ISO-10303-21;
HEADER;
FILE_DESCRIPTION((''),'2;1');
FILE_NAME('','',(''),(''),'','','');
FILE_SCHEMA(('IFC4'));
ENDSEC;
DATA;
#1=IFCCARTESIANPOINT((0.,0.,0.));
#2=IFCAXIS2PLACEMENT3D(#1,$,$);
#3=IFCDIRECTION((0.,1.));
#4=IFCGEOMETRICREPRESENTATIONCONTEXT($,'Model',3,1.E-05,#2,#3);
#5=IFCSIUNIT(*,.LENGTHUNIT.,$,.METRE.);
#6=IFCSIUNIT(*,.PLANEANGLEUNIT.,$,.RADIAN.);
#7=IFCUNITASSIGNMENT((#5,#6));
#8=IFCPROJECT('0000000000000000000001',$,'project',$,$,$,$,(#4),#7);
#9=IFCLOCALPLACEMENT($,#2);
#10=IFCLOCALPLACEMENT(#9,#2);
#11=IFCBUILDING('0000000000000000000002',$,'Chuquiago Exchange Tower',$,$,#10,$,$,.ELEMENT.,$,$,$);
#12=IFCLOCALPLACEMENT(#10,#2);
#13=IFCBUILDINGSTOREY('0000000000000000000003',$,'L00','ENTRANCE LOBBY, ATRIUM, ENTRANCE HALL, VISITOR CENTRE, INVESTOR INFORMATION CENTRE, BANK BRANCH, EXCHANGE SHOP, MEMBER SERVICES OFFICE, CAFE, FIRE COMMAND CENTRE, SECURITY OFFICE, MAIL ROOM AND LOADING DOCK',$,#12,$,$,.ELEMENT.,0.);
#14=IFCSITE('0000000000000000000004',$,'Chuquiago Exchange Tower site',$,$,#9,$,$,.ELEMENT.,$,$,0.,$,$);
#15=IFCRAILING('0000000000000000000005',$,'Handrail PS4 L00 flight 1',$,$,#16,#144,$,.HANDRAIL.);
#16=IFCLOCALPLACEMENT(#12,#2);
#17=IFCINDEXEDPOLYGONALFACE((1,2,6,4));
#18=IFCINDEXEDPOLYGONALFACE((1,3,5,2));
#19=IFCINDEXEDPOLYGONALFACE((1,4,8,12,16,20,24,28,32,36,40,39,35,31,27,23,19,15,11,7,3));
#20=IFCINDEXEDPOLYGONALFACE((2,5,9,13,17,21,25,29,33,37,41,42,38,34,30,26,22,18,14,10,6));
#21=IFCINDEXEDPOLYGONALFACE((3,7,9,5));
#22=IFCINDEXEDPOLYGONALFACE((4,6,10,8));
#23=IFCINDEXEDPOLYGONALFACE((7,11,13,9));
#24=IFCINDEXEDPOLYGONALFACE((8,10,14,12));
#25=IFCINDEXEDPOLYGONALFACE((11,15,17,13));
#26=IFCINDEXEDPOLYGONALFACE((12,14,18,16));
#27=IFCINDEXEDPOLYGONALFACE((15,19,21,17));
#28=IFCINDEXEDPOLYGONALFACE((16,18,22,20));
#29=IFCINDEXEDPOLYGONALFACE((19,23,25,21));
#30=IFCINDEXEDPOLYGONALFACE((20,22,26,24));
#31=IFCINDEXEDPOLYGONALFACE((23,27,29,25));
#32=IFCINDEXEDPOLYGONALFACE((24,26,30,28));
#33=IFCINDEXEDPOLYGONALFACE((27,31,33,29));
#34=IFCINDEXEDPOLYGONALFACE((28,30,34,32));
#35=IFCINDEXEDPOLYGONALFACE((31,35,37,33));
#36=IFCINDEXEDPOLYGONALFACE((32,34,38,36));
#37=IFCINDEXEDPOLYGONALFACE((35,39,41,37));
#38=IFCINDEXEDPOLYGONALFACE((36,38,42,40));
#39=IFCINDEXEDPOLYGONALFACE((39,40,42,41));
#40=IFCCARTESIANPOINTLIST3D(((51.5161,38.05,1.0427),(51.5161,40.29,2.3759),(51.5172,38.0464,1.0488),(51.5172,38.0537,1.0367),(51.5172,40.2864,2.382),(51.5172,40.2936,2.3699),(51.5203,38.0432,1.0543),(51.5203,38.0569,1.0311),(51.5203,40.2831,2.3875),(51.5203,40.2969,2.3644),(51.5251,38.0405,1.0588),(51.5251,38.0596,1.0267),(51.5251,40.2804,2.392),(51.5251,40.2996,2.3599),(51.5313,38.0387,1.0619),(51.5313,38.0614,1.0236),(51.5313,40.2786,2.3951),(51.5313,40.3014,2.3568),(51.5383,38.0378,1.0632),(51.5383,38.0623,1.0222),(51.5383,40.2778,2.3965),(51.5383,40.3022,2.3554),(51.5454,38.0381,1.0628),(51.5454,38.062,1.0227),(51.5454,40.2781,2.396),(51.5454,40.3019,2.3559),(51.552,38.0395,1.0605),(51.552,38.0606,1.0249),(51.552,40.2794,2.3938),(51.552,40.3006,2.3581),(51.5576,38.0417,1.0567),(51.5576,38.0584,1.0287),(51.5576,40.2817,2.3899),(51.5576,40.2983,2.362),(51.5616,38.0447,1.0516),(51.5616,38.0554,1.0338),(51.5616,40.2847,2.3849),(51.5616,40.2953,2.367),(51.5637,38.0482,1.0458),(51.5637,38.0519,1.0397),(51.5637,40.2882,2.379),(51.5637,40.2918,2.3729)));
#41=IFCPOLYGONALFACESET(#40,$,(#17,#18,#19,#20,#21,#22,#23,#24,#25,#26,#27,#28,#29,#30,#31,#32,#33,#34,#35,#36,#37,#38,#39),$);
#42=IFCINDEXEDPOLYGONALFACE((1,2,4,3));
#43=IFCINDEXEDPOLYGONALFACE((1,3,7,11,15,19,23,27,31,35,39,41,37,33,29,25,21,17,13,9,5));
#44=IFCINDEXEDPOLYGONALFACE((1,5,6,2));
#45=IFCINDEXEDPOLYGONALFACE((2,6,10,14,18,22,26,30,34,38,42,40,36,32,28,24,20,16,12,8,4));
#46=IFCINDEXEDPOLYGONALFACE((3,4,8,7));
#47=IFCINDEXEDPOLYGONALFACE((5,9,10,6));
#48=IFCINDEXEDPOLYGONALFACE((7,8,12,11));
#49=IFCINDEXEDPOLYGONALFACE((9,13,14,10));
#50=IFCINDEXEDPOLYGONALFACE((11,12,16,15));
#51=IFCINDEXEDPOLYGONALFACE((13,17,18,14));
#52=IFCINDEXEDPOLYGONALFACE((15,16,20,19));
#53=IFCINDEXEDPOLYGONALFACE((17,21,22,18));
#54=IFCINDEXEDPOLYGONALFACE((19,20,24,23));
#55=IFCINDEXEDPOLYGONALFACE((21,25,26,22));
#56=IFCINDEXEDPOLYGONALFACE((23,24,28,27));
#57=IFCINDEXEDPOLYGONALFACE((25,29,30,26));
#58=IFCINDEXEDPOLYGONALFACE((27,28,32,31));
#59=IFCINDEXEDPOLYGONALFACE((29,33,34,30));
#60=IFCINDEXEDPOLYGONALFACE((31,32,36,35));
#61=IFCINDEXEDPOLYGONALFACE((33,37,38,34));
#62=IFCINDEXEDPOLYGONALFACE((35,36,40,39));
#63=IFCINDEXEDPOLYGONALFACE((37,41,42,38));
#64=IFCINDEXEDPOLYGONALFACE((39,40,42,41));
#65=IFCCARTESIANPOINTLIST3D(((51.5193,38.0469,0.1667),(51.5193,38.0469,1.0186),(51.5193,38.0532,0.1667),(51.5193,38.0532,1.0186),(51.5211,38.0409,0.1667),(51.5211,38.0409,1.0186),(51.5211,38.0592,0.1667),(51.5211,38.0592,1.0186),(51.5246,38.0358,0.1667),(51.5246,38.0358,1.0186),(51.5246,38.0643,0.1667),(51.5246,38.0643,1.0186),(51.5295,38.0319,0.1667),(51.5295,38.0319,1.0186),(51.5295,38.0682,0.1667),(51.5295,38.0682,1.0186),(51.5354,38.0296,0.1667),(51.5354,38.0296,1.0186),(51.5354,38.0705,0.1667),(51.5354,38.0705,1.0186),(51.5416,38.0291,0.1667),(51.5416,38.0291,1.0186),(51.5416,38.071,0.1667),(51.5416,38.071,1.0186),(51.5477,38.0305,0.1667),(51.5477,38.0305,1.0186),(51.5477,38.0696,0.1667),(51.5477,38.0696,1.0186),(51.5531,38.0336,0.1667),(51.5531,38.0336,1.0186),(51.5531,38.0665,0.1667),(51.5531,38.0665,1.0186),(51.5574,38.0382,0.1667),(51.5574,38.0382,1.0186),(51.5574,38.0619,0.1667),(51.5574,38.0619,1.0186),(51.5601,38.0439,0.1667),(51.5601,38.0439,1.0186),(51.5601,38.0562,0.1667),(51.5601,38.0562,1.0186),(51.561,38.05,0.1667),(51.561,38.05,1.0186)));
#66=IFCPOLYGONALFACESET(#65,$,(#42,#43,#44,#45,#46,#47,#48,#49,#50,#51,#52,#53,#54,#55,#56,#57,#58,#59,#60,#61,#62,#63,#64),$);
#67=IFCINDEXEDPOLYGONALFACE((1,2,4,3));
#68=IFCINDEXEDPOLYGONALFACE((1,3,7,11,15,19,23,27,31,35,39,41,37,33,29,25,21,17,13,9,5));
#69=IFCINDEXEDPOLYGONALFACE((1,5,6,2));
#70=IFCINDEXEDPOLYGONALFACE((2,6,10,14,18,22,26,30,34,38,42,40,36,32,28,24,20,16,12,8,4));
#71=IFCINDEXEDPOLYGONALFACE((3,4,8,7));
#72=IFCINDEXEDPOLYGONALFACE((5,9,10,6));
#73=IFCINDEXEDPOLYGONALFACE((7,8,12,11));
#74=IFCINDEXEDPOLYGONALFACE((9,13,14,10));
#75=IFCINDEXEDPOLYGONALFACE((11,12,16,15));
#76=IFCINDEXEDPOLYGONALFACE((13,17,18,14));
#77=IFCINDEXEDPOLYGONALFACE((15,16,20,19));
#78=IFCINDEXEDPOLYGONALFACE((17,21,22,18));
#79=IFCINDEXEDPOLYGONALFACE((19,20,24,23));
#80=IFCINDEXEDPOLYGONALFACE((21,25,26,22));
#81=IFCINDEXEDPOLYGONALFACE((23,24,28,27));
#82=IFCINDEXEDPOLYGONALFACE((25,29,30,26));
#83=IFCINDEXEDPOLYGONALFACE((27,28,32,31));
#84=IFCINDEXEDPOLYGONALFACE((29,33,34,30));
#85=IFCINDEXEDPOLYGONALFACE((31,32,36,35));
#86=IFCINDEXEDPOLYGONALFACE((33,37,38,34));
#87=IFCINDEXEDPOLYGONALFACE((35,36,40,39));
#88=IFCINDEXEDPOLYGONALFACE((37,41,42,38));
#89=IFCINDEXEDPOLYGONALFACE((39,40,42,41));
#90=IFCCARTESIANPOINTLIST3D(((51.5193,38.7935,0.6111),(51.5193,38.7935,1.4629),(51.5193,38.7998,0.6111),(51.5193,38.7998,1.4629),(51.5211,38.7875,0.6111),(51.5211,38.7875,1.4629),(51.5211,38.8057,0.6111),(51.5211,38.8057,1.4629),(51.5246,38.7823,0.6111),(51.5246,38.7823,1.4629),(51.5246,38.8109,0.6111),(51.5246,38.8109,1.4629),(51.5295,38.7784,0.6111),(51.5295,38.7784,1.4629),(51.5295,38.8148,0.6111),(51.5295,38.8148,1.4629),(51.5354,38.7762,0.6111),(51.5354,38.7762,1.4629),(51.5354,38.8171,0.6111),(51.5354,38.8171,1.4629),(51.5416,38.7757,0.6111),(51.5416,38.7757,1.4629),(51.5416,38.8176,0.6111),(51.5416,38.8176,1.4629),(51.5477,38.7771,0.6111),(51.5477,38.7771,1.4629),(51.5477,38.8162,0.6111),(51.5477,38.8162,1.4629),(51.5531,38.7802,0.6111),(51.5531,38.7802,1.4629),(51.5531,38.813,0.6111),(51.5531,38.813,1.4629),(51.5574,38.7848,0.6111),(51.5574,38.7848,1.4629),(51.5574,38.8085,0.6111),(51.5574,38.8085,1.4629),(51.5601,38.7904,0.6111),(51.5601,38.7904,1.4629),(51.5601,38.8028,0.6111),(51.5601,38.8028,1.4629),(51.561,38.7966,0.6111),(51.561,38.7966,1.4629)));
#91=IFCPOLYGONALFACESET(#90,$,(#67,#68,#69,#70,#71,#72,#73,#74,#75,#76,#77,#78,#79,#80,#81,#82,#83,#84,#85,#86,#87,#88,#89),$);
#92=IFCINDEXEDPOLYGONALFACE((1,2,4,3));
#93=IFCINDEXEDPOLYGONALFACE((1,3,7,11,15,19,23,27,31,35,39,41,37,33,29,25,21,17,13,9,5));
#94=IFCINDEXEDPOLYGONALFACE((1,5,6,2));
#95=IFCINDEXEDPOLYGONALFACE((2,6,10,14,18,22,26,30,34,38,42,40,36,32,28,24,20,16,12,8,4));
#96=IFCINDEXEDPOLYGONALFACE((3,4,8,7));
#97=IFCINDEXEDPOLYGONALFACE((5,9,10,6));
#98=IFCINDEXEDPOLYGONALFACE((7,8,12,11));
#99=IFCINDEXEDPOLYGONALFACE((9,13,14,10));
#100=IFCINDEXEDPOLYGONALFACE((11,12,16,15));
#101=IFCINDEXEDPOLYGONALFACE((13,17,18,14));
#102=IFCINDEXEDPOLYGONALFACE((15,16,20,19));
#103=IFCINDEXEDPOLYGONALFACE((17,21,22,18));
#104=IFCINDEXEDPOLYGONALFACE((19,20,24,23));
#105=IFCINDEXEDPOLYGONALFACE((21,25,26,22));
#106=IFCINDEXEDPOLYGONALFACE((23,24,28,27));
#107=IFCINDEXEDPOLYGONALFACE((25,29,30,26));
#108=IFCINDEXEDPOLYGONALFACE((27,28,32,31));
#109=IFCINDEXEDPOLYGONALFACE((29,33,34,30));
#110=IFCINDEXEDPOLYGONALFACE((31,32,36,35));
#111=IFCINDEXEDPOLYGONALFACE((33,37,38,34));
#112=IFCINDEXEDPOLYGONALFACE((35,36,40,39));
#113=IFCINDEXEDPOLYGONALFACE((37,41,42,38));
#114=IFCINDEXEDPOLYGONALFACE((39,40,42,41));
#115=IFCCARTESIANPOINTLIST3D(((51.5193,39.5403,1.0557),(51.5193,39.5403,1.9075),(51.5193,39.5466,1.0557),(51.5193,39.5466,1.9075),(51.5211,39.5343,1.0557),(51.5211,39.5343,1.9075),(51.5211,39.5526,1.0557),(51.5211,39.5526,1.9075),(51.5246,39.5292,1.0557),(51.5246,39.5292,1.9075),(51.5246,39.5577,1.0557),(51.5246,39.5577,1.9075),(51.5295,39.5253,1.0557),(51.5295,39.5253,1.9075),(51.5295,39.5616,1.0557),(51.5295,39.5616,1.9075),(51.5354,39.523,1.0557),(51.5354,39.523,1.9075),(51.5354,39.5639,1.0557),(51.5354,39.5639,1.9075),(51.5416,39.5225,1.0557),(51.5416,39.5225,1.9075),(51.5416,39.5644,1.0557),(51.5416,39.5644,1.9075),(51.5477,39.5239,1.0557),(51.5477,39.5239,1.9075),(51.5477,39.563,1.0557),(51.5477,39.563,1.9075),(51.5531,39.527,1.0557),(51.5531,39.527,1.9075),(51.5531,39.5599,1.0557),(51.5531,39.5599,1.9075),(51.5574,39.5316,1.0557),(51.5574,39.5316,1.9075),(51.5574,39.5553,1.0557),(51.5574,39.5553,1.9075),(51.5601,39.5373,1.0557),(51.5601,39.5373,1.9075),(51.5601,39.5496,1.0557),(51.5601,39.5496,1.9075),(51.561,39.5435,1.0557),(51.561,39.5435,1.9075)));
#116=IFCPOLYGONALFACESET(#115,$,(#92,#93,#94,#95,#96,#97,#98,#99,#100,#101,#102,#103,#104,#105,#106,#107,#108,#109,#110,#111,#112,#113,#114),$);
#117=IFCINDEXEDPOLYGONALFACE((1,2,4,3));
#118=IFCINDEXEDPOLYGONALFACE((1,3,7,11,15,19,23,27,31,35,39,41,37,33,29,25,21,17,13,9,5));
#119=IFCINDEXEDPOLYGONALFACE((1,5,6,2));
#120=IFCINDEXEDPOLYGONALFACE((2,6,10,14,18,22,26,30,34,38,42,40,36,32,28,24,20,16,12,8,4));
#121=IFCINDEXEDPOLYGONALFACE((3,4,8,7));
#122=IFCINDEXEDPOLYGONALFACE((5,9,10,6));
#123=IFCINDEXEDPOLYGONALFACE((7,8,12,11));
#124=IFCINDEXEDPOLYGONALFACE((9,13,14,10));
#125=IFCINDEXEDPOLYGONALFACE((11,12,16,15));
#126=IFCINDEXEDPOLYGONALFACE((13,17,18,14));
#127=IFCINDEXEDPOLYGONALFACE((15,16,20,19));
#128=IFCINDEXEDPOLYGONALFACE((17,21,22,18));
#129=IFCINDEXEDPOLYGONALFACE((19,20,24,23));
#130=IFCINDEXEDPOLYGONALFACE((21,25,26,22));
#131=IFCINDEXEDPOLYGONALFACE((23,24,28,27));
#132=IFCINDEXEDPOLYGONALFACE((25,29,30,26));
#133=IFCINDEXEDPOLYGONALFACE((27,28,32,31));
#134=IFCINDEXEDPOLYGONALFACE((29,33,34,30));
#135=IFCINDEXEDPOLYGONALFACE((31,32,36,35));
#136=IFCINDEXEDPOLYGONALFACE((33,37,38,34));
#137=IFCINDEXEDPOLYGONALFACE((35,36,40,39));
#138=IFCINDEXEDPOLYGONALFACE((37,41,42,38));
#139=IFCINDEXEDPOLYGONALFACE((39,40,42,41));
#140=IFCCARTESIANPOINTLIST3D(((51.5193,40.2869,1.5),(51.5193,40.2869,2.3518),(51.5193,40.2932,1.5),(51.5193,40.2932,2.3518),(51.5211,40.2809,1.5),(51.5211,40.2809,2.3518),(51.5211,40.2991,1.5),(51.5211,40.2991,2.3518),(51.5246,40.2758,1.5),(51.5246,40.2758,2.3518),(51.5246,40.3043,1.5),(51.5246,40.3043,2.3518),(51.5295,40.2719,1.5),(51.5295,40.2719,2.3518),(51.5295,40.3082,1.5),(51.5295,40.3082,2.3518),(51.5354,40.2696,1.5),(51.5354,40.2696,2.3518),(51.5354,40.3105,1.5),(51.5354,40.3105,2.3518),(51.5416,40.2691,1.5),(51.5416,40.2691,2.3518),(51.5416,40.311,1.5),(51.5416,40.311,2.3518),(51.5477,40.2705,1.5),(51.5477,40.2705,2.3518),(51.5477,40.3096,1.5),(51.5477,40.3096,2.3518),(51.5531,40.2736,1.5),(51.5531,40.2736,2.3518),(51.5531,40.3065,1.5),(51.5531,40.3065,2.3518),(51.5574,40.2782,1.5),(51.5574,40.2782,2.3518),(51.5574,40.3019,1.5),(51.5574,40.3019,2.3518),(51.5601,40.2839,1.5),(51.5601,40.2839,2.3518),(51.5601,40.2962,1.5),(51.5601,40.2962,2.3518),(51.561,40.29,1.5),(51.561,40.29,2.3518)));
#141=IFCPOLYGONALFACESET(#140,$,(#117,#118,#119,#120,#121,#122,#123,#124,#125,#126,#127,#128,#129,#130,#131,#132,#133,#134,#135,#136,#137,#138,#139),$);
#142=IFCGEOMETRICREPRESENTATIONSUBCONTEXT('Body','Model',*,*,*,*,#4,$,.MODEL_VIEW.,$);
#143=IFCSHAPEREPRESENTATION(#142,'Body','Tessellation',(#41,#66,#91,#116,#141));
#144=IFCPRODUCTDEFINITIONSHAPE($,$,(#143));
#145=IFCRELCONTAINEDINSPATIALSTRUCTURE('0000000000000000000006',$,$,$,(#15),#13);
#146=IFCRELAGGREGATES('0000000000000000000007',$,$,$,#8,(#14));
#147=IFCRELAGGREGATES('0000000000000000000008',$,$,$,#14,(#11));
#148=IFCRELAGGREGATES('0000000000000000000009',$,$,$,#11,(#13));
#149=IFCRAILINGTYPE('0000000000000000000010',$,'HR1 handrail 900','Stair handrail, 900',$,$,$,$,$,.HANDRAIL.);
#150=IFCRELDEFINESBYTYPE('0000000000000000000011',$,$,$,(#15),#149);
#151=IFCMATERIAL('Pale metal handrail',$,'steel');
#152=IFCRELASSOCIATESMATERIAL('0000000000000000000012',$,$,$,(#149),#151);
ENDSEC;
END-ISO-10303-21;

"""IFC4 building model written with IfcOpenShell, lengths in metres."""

from ifc_helpers import new_model, si_unit, direction, frame, origin, origin_2d, place, context, subcontext, project, spatial, circle, extrude, material, type_object, element, save


model = new_model("IFC4")

# Units and contexts
model_context = context("Model", 3, precision=1e-05, world=origin(), true_north=direction((0.0, 1.0)))
body_context = subcontext(model_context, "Body", "Model", "MODEL_VIEW")
ifc_project = project(units=[si_unit("LENGTHUNIT", "METRE"), si_unit("PLANEANGLEUNIT", "RADIAN")], contexts=[model_context])

# Site, building, storey
site_placement = place(None, origin())
site = spatial("IfcSite", under=ifc_project, at=site_placement, Name="Chuquiago Exchange Tower site", CompositionType="ELEMENT", RefElevation=0.0)
building_placement = place(site_placement, origin())
building = spatial("IfcBuilding", under=site, at=building_placement, Name="Chuquiago Exchange Tower", CompositionType="ELEMENT")
storey_placement = place(building_placement, origin())
storey = spatial("IfcBuildingStorey", under=building, at=storey_placement, Name="L00", Description="ENTRANCE LOBBY, ATRIUM, ENTRANCE HALL, VISITOR CENTRE, INVESTOR INFORMATION CENTRE, BANK BRANCH, EXCHANGE SHOP, MEMBER SERVICES OFFICE, CAFE, FIRE COMMAND CENTRE, SECURITY OFFICE, MAIL ROOM AND LOADING DOCK", CompositionType="ELEMENT", Elevation=0.0)

# Railing
ifc_material_1 = material(Name="Pale metal handrail", Category="steel")
railing_type = type_object("IfcRailingType", Name="HR1 handrail 900", Description="Stair handrail, 900", PredefinedType="HANDRAIL", material=ifc_material_1)
for number, where, name in (
    (1, (51.54, 38.05, 0.1667), "Handrail PS4 L00 flight 1"),
):
    element("IfcRailing", number, at=place(storey_placement, frame(where)), inside=storey, type_object=railing_type, Name=name, PredefinedType="HANDRAIL", context=body_context, shape_type="SweptSolid", body=[
        extrude(circle(Radius=0.0239, at=origin_2d()), frame((0.0, 0.0, 0.876), z_axis=(0.0, 0.859306, 0.511462), x_axis=(-1.0, 0.0, 0.0)), (0.0, 0.0, 1.0), 2.6067),
        extrude(circle(Radius=0.021, at=origin_2d()), origin(), (0.0, 0.0, 1.0), 0.8518),
        extrude(circle(Radius=0.021, at=origin_2d()), frame((0.0, 0.7466, 0.4443)), (0.0, 0.0, 1.0), 0.8518),
        extrude(circle(Radius=0.021, at=origin_2d()), frame((0.0, 1.4934, 0.8889)), (0.0, 0.0, 1.0), 0.8518),
        extrude(circle(Radius=0.021, at=origin_2d()), frame((0.0, 2.24, 1.3333)), (0.0, 0.0, 1.0), 0.8518),
    ])

save(model, "model.ifc")
